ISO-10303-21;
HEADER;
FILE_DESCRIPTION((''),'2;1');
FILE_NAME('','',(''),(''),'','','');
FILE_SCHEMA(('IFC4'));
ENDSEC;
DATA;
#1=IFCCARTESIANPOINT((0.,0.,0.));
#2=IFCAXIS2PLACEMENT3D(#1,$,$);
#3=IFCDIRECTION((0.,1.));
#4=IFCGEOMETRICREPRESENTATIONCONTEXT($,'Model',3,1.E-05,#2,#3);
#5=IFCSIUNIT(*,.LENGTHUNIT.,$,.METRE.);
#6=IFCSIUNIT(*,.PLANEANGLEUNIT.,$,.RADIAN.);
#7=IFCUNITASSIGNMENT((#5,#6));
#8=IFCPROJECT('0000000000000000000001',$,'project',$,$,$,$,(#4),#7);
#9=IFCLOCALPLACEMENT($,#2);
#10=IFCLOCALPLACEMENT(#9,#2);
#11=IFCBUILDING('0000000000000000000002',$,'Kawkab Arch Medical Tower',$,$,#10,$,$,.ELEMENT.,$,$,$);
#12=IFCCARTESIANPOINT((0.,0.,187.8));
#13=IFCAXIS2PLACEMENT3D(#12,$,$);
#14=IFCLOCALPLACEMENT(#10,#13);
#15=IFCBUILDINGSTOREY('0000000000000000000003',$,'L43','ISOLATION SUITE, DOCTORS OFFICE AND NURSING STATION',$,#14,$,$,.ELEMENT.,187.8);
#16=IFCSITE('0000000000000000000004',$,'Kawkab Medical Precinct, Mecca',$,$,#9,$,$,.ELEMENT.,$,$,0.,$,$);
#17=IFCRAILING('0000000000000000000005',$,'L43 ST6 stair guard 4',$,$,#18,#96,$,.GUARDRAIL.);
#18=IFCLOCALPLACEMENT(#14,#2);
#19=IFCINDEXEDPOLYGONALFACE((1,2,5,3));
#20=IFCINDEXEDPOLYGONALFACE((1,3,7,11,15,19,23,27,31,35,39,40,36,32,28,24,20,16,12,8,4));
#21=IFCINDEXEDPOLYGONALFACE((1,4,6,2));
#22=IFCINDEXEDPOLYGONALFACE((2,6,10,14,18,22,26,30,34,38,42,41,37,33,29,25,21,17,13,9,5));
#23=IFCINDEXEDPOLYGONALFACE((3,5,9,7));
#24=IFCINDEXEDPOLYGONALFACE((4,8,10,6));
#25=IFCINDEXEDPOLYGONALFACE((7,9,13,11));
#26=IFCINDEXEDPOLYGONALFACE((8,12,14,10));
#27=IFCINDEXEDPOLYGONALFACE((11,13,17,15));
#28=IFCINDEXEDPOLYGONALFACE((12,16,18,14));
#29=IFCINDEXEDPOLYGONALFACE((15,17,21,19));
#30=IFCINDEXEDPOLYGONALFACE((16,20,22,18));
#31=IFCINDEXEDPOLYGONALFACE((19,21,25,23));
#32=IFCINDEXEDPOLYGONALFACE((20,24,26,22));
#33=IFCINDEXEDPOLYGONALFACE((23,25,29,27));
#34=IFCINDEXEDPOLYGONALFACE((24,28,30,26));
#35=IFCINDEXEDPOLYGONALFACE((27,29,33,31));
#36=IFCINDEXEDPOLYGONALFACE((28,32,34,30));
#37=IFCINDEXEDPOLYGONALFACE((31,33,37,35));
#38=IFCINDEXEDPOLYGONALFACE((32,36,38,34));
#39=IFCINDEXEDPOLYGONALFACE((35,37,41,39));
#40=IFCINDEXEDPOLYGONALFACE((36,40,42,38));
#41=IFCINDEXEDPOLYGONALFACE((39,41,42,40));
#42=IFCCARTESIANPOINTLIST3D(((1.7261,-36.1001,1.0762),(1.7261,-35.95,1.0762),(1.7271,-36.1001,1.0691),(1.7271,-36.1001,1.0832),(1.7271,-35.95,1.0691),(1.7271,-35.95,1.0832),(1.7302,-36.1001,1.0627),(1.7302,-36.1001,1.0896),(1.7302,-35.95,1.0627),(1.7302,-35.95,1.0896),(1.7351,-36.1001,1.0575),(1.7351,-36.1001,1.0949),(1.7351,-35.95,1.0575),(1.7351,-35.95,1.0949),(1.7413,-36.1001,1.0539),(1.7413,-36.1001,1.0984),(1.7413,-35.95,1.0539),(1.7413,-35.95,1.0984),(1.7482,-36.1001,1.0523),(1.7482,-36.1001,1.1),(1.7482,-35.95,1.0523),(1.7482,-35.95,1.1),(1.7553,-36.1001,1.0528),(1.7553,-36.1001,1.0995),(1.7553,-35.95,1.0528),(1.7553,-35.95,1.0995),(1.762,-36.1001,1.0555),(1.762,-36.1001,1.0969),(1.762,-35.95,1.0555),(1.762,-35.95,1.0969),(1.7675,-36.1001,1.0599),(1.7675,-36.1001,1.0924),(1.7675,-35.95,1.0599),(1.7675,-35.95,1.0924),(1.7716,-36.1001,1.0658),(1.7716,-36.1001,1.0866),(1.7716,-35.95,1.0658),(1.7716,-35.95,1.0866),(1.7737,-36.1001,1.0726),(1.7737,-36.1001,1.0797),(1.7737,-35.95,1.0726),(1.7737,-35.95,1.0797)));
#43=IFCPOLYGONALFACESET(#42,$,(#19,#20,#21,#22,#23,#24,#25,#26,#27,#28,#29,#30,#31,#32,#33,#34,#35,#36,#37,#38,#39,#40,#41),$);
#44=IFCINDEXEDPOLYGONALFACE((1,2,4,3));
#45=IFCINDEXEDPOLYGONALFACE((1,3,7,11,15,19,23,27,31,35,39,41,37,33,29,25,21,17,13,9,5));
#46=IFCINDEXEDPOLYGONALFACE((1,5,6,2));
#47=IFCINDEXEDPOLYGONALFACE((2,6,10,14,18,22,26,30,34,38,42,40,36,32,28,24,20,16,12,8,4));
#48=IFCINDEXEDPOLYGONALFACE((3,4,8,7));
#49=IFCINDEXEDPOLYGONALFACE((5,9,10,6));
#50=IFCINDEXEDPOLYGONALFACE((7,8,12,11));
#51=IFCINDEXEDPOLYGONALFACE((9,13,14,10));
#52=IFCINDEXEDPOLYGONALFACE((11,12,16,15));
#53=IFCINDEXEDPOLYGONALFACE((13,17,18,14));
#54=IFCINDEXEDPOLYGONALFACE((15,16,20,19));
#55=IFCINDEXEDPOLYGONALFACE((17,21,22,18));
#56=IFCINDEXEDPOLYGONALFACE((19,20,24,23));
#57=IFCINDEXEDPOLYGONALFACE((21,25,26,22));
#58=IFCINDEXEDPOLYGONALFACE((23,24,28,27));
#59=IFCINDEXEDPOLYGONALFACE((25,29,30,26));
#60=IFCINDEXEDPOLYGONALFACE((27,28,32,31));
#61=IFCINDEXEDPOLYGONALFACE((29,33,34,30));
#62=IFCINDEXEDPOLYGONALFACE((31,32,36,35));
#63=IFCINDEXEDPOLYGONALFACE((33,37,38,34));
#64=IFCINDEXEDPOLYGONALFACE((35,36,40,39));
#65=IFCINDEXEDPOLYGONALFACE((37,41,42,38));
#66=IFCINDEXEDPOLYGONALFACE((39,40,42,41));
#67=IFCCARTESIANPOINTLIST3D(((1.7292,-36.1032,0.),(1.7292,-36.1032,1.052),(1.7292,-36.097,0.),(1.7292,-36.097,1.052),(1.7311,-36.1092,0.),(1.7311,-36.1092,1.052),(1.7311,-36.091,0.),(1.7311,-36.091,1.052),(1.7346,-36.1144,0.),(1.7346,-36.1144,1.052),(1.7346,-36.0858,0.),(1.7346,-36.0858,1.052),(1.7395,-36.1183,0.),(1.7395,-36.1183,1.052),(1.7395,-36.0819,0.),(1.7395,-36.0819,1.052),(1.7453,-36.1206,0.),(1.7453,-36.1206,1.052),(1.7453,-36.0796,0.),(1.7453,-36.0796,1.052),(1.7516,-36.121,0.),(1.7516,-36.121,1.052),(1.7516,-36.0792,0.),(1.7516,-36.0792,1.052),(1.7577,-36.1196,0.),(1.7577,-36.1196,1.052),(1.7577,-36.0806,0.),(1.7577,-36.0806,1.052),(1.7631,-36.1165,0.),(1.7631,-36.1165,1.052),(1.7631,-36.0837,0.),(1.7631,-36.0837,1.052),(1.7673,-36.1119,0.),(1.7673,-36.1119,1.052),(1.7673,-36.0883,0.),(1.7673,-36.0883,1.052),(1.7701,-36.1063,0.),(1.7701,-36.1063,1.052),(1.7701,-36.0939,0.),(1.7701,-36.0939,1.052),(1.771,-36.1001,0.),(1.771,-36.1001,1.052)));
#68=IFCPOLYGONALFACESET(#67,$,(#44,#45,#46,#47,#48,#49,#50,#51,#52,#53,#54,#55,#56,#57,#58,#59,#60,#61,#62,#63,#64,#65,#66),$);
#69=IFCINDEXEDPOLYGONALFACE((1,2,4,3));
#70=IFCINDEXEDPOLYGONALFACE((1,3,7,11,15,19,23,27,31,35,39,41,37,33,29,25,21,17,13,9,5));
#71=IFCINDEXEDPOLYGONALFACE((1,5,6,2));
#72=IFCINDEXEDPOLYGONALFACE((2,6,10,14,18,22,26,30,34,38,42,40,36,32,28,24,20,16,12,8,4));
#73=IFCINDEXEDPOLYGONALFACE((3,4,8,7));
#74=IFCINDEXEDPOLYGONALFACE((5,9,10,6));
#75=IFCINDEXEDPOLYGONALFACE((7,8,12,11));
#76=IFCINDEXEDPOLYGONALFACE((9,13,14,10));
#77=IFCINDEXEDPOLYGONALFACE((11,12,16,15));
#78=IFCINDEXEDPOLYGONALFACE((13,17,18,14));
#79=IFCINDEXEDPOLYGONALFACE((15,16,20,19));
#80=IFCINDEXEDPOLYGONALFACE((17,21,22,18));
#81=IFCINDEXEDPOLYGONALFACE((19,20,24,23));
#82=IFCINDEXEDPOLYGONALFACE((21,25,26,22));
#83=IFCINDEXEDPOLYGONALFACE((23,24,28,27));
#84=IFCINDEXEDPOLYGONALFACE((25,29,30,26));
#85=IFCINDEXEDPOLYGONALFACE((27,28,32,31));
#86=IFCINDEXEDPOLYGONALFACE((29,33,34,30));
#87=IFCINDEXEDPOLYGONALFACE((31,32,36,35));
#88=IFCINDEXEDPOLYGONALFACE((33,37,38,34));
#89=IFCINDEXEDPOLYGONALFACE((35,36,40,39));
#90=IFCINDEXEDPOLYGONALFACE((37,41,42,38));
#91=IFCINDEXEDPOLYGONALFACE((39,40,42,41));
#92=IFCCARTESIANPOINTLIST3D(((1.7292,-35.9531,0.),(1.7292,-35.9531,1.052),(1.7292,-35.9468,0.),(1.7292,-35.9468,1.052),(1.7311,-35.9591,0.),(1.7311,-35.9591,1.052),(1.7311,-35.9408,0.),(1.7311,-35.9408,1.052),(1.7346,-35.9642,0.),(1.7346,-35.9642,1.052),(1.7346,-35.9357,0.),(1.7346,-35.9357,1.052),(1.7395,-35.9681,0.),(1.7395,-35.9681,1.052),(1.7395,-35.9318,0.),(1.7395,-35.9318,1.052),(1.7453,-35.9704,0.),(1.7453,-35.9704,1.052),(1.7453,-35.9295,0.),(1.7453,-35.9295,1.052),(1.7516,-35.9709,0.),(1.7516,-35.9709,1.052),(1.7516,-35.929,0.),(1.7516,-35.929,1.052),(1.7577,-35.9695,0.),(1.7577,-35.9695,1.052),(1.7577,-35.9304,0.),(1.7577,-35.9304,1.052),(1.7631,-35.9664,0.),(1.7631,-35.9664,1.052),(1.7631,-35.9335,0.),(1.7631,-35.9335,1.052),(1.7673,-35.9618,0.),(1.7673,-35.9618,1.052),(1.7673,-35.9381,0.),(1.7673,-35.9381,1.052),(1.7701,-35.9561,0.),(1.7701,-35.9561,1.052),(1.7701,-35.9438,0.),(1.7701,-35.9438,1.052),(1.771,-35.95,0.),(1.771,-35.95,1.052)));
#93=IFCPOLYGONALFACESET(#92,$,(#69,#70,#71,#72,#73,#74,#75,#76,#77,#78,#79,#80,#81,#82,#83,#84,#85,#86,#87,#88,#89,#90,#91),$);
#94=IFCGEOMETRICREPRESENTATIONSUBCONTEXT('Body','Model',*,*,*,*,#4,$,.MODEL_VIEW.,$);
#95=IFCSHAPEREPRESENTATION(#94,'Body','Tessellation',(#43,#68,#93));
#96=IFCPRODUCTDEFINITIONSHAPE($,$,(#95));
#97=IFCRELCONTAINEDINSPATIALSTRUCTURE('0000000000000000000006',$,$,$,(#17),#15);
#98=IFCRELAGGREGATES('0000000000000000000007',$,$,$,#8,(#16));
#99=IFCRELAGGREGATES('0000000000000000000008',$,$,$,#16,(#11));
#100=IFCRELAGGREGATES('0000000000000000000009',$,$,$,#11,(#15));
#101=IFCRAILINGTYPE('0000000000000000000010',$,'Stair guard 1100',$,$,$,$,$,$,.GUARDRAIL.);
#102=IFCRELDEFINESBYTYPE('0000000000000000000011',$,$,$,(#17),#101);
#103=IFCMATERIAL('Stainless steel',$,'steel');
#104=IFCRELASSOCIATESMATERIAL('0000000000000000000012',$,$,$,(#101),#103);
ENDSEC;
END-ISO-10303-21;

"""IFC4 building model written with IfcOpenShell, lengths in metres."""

from ifc_helpers import new_model, si_unit, direction, frame, origin, origin_2d, place, context, subcontext, project, spatial, circle, extrude, material, type_object, element, save


model = new_model("IFC4")

# Units and contexts
model_context = context("Model", 3, precision=1e-05, world=origin(), true_north=direction((0.0, 1.0)))
body_context = subcontext(model_context, "Body", "Model", "MODEL_VIEW")
ifc_project = project(units=[si_unit("LENGTHUNIT", "METRE"), si_unit("PLANEANGLEUNIT", "RADIAN")], contexts=[model_context])

# Site, building, storey
site_placement = place(None, origin())
site = spatial("IfcSite", under=ifc_project, at=site_placement, Name="Kawkab Medical Precinct, Mecca", CompositionType="ELEMENT", RefElevation=0.0)
building_placement = place(site_placement, origin())
building = spatial("IfcBuilding", under=site, at=building_placement, Name="Kawkab Arch Medical Tower", CompositionType="ELEMENT")
storey_placement = place(building_placement, frame((0.0, 0.0, 187.8)))
storey = spatial("IfcBuildingStorey", under=building, at=storey_placement, Name="L43", Description="ISOLATION SUITE, DOCTORS OFFICE AND NURSING STATION", CompositionType="ELEMENT", Elevation=187.8)

# Railing
ifc_material_1 = material(Name="Stainless steel", Category="steel")
railing_type = type_object("IfcRailingType", Name="Stair guard 1100", PredefinedType="GUARDRAIL", material=ifc_material_1)
railing_1_placement = place(storey_placement, frame((1.75, -36.1001, 0.0)))
element("IfcRailing", 1, at=railing_1_placement, inside=storey, type_object=railing_type, Name="L43 ST6 stair guard 4", PredefinedType="GUARDRAIL", context=body_context, shape_type="SweptSolid", body=[
    extrude(circle(Radius=0.0239, at=origin_2d()), frame((0.0, 0.0, 1.0762), z_axis=(0.0, 1.0, 0.0), x_axis=(-1.0, 0.0, 0.0)), (0.0, 0.0, 1.0), 0.1501),
    extrude(circle(Radius=0.021, at=origin_2d()), origin(), (0.0, 0.0, 1.0), 1.052),
    extrude(circle(Radius=0.021, at=origin_2d()), frame((0.0, 0.1501, 0.0)), (0.0, 0.0, 1.0), 1.052),
])

save(model, "model.ifc")
